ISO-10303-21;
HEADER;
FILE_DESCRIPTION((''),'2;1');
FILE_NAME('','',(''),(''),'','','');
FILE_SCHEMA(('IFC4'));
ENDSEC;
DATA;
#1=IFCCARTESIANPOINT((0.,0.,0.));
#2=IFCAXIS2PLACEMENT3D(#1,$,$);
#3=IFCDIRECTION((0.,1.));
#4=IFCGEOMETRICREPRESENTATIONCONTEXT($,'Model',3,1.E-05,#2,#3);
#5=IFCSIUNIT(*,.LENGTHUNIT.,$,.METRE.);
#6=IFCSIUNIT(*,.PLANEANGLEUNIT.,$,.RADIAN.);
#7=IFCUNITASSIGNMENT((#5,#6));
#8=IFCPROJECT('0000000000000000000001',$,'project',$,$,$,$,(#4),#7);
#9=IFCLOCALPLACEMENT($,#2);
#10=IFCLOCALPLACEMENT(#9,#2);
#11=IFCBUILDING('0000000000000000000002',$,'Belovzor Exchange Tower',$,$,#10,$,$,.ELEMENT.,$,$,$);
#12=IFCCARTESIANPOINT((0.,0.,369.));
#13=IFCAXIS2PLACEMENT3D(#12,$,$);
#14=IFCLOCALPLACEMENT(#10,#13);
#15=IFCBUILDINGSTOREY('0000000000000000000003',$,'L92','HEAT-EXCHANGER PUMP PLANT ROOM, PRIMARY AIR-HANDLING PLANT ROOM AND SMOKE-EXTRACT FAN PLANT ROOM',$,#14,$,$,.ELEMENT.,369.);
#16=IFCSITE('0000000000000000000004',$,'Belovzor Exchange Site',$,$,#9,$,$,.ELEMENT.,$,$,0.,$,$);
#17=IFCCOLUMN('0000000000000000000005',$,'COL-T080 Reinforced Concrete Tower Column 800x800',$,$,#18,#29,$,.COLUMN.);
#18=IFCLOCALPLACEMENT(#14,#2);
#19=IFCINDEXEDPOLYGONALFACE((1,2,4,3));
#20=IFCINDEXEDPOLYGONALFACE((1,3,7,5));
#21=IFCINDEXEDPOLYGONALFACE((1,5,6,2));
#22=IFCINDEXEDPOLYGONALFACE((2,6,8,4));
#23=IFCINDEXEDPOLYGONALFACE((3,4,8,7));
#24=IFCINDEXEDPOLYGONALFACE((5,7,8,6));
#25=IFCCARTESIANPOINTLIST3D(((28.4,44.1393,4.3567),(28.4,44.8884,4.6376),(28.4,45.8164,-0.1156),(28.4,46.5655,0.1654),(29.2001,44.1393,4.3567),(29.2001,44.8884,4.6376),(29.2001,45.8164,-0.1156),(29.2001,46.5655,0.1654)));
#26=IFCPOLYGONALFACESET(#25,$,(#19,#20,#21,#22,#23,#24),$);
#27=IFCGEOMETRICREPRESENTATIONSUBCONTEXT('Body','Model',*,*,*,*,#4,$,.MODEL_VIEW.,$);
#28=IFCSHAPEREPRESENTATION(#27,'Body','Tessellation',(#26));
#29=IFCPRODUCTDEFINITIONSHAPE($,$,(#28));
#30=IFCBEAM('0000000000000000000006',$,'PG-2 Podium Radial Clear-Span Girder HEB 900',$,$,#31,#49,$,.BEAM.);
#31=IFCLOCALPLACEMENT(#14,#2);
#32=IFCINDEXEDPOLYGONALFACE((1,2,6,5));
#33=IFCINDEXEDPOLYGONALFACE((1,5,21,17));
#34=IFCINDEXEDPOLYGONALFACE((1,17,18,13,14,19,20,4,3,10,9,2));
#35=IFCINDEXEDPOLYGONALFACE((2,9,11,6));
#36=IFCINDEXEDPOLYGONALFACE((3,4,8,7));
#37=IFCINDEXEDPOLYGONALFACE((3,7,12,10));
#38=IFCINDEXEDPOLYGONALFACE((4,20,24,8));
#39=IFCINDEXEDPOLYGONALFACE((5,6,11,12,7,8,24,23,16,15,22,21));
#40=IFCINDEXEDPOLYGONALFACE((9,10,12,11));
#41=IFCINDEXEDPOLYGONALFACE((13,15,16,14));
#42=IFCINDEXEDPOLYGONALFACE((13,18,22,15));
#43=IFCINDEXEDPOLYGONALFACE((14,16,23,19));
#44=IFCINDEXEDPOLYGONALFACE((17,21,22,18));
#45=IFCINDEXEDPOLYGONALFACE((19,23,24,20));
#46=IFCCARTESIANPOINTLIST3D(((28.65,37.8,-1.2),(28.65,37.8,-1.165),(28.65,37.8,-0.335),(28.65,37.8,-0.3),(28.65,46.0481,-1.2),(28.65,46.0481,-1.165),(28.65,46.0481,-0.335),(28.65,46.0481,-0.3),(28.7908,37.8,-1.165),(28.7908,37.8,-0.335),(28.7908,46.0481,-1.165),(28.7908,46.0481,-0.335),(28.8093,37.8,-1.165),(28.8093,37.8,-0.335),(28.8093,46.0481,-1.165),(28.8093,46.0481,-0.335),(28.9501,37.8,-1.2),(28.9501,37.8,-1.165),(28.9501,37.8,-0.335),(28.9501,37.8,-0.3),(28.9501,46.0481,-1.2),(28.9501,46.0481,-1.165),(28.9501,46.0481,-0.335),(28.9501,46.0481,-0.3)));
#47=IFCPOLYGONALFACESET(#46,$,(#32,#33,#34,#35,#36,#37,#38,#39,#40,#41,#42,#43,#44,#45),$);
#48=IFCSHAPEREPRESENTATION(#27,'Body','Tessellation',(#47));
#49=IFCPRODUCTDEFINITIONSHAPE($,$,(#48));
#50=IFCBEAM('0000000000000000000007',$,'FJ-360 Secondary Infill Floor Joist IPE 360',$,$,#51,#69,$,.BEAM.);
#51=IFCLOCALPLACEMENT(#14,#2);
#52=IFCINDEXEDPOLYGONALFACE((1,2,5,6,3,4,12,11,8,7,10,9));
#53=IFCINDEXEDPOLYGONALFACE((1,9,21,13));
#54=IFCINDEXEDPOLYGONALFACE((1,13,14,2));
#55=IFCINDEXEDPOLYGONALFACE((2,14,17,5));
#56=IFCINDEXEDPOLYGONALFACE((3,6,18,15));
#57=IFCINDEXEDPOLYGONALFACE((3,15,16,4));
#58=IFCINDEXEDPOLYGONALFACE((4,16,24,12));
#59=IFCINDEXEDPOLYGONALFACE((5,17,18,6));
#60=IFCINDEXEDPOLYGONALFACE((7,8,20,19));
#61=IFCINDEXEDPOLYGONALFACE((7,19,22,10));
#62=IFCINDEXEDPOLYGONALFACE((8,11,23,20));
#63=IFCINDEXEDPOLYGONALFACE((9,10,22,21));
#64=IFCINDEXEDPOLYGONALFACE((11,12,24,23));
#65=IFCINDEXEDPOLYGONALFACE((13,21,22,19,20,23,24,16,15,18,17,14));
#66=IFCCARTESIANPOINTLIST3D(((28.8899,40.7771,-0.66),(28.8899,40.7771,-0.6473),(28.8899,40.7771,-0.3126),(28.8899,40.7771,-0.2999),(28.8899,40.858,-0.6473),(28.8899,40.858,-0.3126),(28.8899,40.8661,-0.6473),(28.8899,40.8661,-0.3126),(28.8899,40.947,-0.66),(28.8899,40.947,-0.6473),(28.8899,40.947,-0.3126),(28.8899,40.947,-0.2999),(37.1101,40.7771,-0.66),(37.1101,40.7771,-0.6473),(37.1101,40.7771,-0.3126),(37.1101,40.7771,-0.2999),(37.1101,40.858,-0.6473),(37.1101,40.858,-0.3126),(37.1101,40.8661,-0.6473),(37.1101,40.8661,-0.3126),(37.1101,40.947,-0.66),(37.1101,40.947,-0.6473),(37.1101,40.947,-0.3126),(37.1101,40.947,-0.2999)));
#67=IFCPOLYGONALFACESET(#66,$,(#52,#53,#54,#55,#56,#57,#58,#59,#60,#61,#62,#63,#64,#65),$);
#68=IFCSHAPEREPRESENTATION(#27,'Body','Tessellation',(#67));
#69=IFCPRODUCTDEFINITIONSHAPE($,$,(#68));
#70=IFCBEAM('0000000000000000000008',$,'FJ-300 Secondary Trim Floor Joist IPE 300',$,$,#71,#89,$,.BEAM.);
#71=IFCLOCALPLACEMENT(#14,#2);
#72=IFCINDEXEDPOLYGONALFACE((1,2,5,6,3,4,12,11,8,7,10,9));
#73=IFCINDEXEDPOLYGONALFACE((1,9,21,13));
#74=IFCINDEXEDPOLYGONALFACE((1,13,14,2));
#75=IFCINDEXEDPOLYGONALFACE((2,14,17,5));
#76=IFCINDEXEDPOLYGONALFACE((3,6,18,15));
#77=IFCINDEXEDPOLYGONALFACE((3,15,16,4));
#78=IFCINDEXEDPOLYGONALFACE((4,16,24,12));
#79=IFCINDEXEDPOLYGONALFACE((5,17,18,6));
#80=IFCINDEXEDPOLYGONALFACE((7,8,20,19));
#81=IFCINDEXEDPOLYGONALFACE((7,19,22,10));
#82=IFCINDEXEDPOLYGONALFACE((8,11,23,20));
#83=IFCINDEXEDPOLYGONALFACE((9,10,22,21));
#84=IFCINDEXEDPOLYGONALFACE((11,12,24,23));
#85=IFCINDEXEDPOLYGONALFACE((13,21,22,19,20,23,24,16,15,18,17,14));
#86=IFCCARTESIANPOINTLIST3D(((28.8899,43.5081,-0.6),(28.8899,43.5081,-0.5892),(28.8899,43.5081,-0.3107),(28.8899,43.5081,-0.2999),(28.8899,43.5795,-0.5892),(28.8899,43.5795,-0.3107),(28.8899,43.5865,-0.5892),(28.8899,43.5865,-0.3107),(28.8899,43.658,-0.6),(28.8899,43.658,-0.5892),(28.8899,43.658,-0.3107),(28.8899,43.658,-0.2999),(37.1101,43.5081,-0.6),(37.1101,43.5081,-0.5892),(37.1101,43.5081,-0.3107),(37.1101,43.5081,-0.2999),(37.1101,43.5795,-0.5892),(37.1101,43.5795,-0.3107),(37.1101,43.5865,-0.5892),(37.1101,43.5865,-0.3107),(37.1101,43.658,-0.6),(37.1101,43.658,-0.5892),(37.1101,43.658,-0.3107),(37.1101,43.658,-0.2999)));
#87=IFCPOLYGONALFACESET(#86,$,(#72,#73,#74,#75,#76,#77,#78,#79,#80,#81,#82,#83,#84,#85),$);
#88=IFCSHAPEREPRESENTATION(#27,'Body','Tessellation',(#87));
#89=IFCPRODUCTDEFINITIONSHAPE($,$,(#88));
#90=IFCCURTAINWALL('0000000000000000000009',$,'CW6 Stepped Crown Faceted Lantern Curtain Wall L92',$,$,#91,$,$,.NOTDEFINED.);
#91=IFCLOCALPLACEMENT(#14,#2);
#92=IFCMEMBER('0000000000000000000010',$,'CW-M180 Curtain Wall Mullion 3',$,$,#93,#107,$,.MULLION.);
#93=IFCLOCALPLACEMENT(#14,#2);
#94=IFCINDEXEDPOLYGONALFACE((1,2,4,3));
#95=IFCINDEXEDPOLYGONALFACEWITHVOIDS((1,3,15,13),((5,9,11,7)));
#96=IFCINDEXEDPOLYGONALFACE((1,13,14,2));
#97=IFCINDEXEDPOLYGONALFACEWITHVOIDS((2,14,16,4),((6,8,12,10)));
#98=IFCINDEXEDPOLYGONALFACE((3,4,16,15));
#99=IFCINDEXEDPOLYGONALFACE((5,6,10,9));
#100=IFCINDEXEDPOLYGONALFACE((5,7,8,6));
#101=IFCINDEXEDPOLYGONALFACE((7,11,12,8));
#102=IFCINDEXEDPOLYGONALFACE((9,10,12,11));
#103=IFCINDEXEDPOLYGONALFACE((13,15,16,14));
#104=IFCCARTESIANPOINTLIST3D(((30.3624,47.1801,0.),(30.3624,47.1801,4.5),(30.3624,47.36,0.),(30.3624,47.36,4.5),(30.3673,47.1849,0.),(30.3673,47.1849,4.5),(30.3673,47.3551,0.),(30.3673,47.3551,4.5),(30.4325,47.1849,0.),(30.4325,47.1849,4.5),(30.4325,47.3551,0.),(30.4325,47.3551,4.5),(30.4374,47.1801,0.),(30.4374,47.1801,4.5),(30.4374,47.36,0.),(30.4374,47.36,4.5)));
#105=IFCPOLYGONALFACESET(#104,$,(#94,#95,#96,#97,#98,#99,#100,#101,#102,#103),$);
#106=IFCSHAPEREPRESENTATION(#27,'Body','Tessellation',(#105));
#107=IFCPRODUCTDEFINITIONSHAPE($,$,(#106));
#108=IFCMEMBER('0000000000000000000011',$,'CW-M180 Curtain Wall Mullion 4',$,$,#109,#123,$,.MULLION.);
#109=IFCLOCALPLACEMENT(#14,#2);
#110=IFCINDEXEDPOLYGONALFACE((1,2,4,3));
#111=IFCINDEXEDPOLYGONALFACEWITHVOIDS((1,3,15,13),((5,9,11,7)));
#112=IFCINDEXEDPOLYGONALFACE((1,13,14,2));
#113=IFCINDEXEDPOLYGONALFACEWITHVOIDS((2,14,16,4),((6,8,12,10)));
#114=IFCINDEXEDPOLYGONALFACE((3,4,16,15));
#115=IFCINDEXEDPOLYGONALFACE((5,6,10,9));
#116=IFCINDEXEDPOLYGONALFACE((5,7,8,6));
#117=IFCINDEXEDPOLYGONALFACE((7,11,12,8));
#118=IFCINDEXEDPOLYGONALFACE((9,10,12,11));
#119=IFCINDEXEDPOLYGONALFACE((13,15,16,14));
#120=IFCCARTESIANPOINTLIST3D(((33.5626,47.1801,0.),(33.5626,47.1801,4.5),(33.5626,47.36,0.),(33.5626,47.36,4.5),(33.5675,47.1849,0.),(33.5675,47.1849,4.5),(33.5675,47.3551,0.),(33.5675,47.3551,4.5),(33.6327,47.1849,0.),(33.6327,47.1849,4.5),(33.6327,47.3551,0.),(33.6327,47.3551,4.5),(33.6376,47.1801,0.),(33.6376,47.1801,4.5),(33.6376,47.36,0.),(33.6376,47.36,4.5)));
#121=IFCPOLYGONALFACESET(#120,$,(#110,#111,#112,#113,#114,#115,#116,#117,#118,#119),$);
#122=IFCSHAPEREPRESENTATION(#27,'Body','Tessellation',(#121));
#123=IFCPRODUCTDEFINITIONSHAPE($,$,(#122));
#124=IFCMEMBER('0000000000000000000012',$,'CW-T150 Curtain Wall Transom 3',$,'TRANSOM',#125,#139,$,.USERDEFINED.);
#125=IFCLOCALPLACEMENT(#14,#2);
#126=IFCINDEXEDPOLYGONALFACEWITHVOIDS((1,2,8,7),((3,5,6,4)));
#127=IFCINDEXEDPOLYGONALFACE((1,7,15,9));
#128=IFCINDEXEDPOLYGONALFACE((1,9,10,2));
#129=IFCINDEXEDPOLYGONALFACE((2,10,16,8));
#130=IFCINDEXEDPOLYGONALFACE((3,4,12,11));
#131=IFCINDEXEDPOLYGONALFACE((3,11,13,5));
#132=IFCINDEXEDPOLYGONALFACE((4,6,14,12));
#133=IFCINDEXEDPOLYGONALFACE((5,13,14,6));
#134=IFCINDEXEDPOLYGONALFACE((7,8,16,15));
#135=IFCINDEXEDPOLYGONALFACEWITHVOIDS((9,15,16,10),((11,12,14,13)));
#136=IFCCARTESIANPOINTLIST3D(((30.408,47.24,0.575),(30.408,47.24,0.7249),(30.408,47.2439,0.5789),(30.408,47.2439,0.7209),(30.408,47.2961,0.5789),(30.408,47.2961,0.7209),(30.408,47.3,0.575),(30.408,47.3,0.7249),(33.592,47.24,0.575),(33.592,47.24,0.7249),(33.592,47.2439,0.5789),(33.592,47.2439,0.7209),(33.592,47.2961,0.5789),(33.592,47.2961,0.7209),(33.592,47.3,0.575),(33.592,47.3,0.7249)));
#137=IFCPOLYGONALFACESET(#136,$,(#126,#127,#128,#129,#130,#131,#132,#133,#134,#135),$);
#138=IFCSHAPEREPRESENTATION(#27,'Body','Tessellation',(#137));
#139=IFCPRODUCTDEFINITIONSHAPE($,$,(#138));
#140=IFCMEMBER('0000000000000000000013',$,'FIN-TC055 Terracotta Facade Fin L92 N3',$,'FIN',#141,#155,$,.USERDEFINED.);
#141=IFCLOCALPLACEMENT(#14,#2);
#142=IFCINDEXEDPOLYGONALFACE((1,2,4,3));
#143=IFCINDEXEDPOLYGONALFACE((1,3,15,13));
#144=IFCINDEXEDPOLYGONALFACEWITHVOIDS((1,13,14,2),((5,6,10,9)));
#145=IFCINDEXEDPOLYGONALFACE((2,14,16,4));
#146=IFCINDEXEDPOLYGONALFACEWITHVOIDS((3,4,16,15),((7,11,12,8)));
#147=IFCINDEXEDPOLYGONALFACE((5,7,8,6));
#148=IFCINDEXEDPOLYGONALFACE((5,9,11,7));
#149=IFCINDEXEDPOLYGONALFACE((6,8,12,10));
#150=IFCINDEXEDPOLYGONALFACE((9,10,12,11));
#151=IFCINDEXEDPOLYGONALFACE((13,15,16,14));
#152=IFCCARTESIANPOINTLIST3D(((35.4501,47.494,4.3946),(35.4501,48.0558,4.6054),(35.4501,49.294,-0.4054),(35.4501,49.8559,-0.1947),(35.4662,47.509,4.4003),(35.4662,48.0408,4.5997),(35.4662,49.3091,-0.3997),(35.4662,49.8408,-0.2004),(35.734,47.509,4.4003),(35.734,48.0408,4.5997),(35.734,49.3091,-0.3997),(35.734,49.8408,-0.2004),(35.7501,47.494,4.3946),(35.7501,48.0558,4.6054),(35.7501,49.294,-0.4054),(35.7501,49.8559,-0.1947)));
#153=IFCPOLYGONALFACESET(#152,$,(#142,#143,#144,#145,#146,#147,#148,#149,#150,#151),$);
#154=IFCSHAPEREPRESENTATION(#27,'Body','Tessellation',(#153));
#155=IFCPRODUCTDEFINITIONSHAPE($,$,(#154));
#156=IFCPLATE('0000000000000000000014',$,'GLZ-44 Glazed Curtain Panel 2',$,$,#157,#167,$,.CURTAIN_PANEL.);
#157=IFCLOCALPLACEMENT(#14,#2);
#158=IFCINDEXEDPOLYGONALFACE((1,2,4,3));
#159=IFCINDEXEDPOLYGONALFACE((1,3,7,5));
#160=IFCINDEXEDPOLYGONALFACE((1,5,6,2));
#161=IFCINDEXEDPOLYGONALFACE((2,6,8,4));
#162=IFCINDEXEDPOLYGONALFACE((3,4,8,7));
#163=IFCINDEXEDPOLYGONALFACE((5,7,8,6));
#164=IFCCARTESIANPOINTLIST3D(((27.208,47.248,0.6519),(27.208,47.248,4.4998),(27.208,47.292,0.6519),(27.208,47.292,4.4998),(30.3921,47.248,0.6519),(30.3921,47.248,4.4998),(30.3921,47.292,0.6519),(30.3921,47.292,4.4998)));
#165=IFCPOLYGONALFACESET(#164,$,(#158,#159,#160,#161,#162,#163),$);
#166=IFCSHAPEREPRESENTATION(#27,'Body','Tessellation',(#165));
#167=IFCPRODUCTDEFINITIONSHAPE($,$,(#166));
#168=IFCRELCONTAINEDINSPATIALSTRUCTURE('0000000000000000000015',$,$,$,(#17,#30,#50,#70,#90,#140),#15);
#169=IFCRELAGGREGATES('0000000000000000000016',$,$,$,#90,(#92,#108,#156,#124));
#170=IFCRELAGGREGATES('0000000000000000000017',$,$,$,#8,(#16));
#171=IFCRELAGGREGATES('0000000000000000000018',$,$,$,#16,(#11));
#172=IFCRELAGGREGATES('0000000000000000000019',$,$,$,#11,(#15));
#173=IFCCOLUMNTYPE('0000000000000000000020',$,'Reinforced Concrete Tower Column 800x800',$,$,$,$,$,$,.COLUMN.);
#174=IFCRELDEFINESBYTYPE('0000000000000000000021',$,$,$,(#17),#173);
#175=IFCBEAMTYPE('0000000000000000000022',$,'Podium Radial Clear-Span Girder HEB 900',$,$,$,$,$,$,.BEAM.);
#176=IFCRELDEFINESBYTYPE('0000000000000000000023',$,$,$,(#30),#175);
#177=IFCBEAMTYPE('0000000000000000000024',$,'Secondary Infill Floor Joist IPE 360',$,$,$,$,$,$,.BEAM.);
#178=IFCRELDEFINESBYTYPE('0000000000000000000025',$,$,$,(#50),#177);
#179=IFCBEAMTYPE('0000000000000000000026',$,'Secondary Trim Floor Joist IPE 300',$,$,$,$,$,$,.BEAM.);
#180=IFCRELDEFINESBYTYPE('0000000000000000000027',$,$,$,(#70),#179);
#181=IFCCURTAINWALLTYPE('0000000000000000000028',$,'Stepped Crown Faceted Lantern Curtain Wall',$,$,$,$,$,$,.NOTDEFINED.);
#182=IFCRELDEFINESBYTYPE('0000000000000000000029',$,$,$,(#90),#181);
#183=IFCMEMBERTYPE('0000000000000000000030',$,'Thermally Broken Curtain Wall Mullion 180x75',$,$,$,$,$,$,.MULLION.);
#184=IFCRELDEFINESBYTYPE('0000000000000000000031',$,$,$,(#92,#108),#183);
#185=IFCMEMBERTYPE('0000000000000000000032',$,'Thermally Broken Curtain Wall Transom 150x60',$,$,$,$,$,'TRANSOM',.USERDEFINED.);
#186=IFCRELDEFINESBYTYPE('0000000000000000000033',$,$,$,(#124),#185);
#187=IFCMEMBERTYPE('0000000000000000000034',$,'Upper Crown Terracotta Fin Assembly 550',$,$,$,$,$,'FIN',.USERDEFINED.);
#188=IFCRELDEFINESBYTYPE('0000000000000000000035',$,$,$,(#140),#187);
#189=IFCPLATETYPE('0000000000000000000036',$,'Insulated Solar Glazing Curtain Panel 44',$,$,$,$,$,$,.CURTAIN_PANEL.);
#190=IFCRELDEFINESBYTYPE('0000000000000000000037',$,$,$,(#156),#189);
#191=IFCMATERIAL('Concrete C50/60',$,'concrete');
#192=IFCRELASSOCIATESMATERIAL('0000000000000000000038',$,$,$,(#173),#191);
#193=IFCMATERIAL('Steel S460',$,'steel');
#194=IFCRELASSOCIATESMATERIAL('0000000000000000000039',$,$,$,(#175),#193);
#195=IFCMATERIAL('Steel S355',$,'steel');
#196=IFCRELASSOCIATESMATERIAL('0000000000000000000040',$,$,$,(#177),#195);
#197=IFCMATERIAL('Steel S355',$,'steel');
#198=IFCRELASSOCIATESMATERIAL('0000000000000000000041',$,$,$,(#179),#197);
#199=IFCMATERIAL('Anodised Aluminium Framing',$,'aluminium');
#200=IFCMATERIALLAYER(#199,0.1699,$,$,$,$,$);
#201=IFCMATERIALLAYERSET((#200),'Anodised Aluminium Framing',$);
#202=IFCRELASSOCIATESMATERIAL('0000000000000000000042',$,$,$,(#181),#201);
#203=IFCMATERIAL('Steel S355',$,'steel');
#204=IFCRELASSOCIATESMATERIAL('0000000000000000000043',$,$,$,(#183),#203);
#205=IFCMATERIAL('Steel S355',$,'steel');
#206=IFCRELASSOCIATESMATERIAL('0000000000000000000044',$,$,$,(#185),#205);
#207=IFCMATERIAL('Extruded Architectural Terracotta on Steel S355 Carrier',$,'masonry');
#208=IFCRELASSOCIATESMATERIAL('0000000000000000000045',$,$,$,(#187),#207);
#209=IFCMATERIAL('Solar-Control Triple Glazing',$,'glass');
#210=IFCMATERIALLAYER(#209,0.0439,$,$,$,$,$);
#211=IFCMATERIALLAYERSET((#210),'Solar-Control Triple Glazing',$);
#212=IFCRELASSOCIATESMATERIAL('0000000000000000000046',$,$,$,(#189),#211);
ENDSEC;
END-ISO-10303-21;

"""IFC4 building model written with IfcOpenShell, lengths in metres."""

from ifc_helpers import new_model, si_unit, direction, frame, origin, origin_2d, place, context, subcontext, project, spatial, rectangle, hollow_rectangle, i_section, extrude, material, layer, layer_set, material_profile, profile_set, type_object, element, aggregate, save


model = new_model("IFC4")

# Units and contexts
model_context = context("Model", 3, precision=1e-05, world=origin(), true_north=direction((0.0, 1.0)))
body_context = subcontext(model_context, "Body", "Model", "MODEL_VIEW")
ifc_project = project(units=[si_unit("LENGTHUNIT", "METRE"), si_unit("PLANEANGLEUNIT", "RADIAN")], contexts=[model_context])

# Site, building, storey
site_placement = place(None, origin())
site = spatial("IfcSite", under=ifc_project, at=site_placement, Name="Belovzor Exchange Site", CompositionType="ELEMENT", RefElevation=0.0)
building_placement = place(site_placement, origin())
building = spatial("IfcBuilding", under=site, at=building_placement, Name="Belovzor Exchange Tower", CompositionType="ELEMENT")
storey_placement = place(building_placement, frame((0.0, 0.0, 369.0)))
storey = spatial("IfcBuildingStorey", under=building, at=storey_placement, Name="L92", Description="HEAT-EXCHANGER PUMP PLANT ROOM, PRIMARY AIR-HANDLING PLANT ROOM AND SMOKE-EXTRACT FAN PLANT ROOM", CompositionType="ELEMENT", Elevation=369.0)

# Column
ifc_material_1 = material(Name="Concrete C50/60", Category="concrete")
ifc_material_profile_1 = material_profile(ifc_material_1, rectangle(XDim=0.8, YDim=0.8, at=origin_2d()))
ifc_profile_set_1 = profile_set([ifc_material_profile_1], Name="Concrete C50/60")
column_type = type_object("IfcColumnType", Name="Reinforced Concrete Tower Column 800x800", PredefinedType="COLUMN", material=ifc_profile_set_1)
column_placement = place(storey_placement, frame((28.8, 46.1909, 0.0249), z_axis=(0.0, -0.351112, 0.936333), x_axis=(1.0, 0.0, 0.0)))
element("IfcColumn", 1, at=column_placement, inside=storey, type_object=column_type, Name="COL-T080 Reinforced Concrete Tower Column 800x800", PredefinedType="COLUMN", context=body_context, shape_type="SweptSolid", body=[
    extrude(rectangle(XDim=0.8, YDim=0.8, at=origin_2d()), origin(), (0.0, 0.0, 1.0), 4.7764),
])

# Beams
ifc_material_2 = material(Name="Steel S460", Category="steel")
ifc_material_profile_2 = material_profile(ifc_material_2, i_section(OverallWidth=0.3, OverallDepth=0.8999, WebThickness=0.0186, FlangeThickness=0.0349, at=origin_2d()))
ifc_profile_set_2 = profile_set([ifc_material_profile_2], Name="Steel S460")
beam_type_1 = type_object("IfcBeamType", Name="Podium Radial Clear-Span Girder HEB 900", PredefinedType="BEAM", material=ifc_profile_set_2)
beam_1_placement = place(storey_placement, frame((28.8, 37.8, -0.75), z_axis=(0.0, 1.0, 0.0), x_axis=(-1.0, 0.0, 0.0)))
element("IfcBeam", 2, at=beam_1_placement, inside=storey, type_object=beam_type_1, Name="PG-2 Podium Radial Clear-Span Girder HEB 900", PredefinedType="BEAM", context=body_context, shape_type="SweptSolid", body=[
    extrude(i_section(OverallWidth=0.3, OverallDepth=0.8999, WebThickness=0.0186, FlangeThickness=0.0349, at=origin_2d()), origin(), (0.0, 0.0, 1.0), 8.248),
])
ifc_material_3 = material(Name="Steel S355", Category="steel")
ifc_material_profile_3 = material_profile(ifc_material_3, i_section(OverallWidth=0.1699, OverallDepth=0.3601, WebThickness=0.0081, FlangeThickness=0.0127, at=origin_2d()))
ifc_profile_set_3 = profile_set([ifc_material_profile_3], Name="Steel S355")
beam_type_2 = type_object("IfcBeamType", Name="Secondary Infill Floor Joist IPE 360", PredefinedType="BEAM", material=ifc_profile_set_3)
beam_2_placement = place(storey_placement, frame((28.8899, 40.8621, -0.48), z_axis=(1.0, 0.0, 0.0), x_axis=(0.0, 1.0, 0.0)))
element("IfcBeam", 3, at=beam_2_placement, inside=storey, type_object=beam_type_2, Name="FJ-360 Secondary Infill Floor Joist IPE 360", PredefinedType="BEAM", context=body_context, shape_type="SweptSolid", body=[
    extrude(i_section(OverallWidth=0.1699, OverallDepth=0.3601, WebThickness=0.0081, FlangeThickness=0.0127, at=origin_2d()), origin(), (0.0, 0.0, 1.0), 8.2202),
])
ifc_material_4 = material(Name="Steel S355", Category="steel")
ifc_material_profile_4 = material_profile(ifc_material_4, i_section(OverallWidth=0.1499, OverallDepth=0.3, WebThickness=0.0071, FlangeThickness=0.0107, at=origin_2d()))
ifc_profile_set_4 = profile_set([ifc_material_profile_4], Name="Steel S355")
beam_type_3 = type_object("IfcBeamType", Name="Secondary Trim Floor Joist IPE 300", PredefinedType="BEAM", material=ifc_profile_set_4)
beam_3_placement = place(storey_placement, frame((28.8899, 43.583, -0.45), z_axis=(1.0, 0.0, 0.0), x_axis=(0.0, 1.0, 0.0)))
element("IfcBeam", 4, at=beam_3_placement, inside=storey, type_object=beam_type_3, Name="FJ-300 Secondary Trim Floor Joist IPE 300", PredefinedType="BEAM", context=body_context, shape_type="SweptSolid", body=[
    extrude(i_section(OverallWidth=0.1499, OverallDepth=0.3, WebThickness=0.0071, FlangeThickness=0.0107, at=origin_2d()), origin(), (0.0, 0.0, 1.0), 8.2202),
])

# Curtain wall, members
ifc_material_5 = material(Name="Anodised Aluminium Framing", Category="aluminium")
ifc_layer_1 = layer(ifc_material_5, 0.1699)
ifc_layer_set_1 = layer_set([ifc_layer_1], Name="Anodised Aluminium Framing")
curtain_wall_type = type_object("IfcCurtainWallType", Name="Stepped Crown Faceted Lantern Curtain Wall", PredefinedType="NOTDEFINED", material=ifc_layer_set_1)
curtain_wall_placement = place(storey_placement, origin())
curtain_wall = element("IfcCurtainWall", 5, at=curtain_wall_placement, inside=storey, type_object=curtain_wall_type, Name="CW6 Stepped Crown Faceted Lantern Curtain Wall L92", PredefinedType="NOTDEFINED")
ifc_material_6 = material(Name="Steel S355", Category="steel")
ifc_material_profile_5 = material_profile(ifc_material_6, hollow_rectangle(XDim=0.075, YDim=0.1799, WallThickness=0.0049, at=origin_2d()))
ifc_profile_set_5 = profile_set([ifc_material_profile_5], Name="Steel S355")
member_type_1 = type_object("IfcMemberType", Name="Thermally Broken Curtain Wall Mullion 180x75", PredefinedType="MULLION", material=ifc_profile_set_5)
member_1_placement = place(storey_placement, frame((30.3999, 47.27, 0.0), z_axis=(0.0, 0.0, 1.0), x_axis=(1.0, 0.0, 0.0)))
member_1 = element("IfcMember", 6, at=member_1_placement, type_object=member_type_1, Name="CW-M180 Curtain Wall Mullion 3", PredefinedType="MULLION", context=body_context, shape_type="SweptSolid", body=[
    extrude(hollow_rectangle(XDim=0.075, YDim=0.1799, WallThickness=0.0049, at=origin_2d()), origin(), (0.0, 0.0, 1.0), 4.5),
])
member_2_placement = place(storey_placement, frame((33.6001, 47.27, 0.0), z_axis=(0.0, 0.0, 1.0), x_axis=(1.0, 0.0, 0.0)))
member_2 = element("IfcMember", 7, at=member_2_placement, type_object=member_type_1, Name="CW-M180 Curtain Wall Mullion 4", PredefinedType="MULLION", context=body_context, shape_type="SweptSolid", body=[
    extrude(hollow_rectangle(XDim=0.075, YDim=0.1799, WallThickness=0.0049, at=origin_2d()), origin(), (0.0, 0.0, 1.0), 4.5),
])
ifc_material_7 = material(Name="Steel S355", Category="steel")
ifc_material_profile_6 = material_profile(ifc_material_7, hollow_rectangle(XDim=0.0601, YDim=0.1499, WallThickness=0.0039, at=origin_2d()))
ifc_profile_set_6 = profile_set([ifc_material_profile_6], Name="Steel S355")
member_type_2 = type_object("IfcMemberType", Name="Thermally Broken Curtain Wall Transom 150x60", ElementType="TRANSOM", PredefinedType="USERDEFINED", material=ifc_profile_set_6)
member_3_placement = place(storey_placement, frame((30.408, 47.27, 0.6499), z_axis=(1.0, 0.0, 0.0), x_axis=(0.0, 1.0, 0.0)))
member_3 = element("IfcMember", 8, at=member_3_placement, type_object=member_type_2, Name="CW-T150 Curtain Wall Transom 3", ObjectType="TRANSOM", PredefinedType="USERDEFINED", context=body_context, shape_type="SweptSolid", body=[
    extrude(hollow_rectangle(XDim=0.0601, YDim=0.1499, WallThickness=0.0039, at=origin_2d()), origin(), (0.0, 0.0, 1.0), 3.1841),
])

# Member
ifc_material_8 = material(Name="Extruded Architectural Terracotta on Steel S355 Carrier", Category="masonry")
ifc_material_profile_7 = material_profile(ifc_material_8, hollow_rectangle(XDim=0.3, YDim=0.6001, WallThickness=0.0161, at=origin_2d()))
ifc_profile_set_7 = profile_set([ifc_material_profile_7], Name="Extruded Architectural Terracotta on Steel S355 Carrier")
member_type_3 = type_object("IfcMemberType", Name="Upper Crown Terracotta Fin Assembly 550", ElementType="FIN", PredefinedType="USERDEFINED", material=ifc_profile_set_7)
member_4_placement = place(storey_placement, frame((35.6001, 49.575, -0.3), z_axis=(0.0, -0.351129, 0.936327), x_axis=(1.0, 0.0, 0.0)))
element("IfcMember", 9, at=member_4_placement, inside=storey, type_object=member_type_3, Name="FIN-TC055 Terracotta Facade Fin L92 N3", ObjectType="FIN", PredefinedType="USERDEFINED", context=body_context, shape_type="SweptSolid", body=[
    extrude(hollow_rectangle(XDim=0.3, YDim=0.6001, WallThickness=0.0161, at=origin_2d()), origin(), (0.0, 0.0, 1.0), 5.1265),
])

# Plate
ifc_material_9 = material(Name="Solar-Control Triple Glazing", Category="glass")
ifc_layer_2 = layer(ifc_material_9, 0.0439)
ifc_layer_set_2 = layer_set([ifc_layer_2], Name="Solar-Control Triple Glazing")
plate_type_1 = type_object("IfcPlateType", Name="Insulated Solar Glazing Curtain Panel 44", PredefinedType="CURTAIN_PANEL", material=ifc_layer_set_2)
plate_1_placement = place(storey_placement, frame((28.8, 47.27, 0.6519), z_axis=(0.0, 0.0, 1.0), x_axis=(1.0, 0.0, 0.0)))
plate_1 = element("IfcPlate", 10, at=plate_1_placement, type_object=plate_type_1, Name="GLZ-44 Glazed Curtain Panel 2", PredefinedType="CURTAIN_PANEL", context=body_context, shape_type="SweptSolid", body=[
    extrude(rectangle(XDim=3.1841, YDim=0.0439, at=origin_2d()), origin(), (0.0, 0.0, 1.0), 3.8479),
])
aggregate(curtain_wall, [member_1, member_2, plate_1, member_3])

save(model, "model.ifc")
